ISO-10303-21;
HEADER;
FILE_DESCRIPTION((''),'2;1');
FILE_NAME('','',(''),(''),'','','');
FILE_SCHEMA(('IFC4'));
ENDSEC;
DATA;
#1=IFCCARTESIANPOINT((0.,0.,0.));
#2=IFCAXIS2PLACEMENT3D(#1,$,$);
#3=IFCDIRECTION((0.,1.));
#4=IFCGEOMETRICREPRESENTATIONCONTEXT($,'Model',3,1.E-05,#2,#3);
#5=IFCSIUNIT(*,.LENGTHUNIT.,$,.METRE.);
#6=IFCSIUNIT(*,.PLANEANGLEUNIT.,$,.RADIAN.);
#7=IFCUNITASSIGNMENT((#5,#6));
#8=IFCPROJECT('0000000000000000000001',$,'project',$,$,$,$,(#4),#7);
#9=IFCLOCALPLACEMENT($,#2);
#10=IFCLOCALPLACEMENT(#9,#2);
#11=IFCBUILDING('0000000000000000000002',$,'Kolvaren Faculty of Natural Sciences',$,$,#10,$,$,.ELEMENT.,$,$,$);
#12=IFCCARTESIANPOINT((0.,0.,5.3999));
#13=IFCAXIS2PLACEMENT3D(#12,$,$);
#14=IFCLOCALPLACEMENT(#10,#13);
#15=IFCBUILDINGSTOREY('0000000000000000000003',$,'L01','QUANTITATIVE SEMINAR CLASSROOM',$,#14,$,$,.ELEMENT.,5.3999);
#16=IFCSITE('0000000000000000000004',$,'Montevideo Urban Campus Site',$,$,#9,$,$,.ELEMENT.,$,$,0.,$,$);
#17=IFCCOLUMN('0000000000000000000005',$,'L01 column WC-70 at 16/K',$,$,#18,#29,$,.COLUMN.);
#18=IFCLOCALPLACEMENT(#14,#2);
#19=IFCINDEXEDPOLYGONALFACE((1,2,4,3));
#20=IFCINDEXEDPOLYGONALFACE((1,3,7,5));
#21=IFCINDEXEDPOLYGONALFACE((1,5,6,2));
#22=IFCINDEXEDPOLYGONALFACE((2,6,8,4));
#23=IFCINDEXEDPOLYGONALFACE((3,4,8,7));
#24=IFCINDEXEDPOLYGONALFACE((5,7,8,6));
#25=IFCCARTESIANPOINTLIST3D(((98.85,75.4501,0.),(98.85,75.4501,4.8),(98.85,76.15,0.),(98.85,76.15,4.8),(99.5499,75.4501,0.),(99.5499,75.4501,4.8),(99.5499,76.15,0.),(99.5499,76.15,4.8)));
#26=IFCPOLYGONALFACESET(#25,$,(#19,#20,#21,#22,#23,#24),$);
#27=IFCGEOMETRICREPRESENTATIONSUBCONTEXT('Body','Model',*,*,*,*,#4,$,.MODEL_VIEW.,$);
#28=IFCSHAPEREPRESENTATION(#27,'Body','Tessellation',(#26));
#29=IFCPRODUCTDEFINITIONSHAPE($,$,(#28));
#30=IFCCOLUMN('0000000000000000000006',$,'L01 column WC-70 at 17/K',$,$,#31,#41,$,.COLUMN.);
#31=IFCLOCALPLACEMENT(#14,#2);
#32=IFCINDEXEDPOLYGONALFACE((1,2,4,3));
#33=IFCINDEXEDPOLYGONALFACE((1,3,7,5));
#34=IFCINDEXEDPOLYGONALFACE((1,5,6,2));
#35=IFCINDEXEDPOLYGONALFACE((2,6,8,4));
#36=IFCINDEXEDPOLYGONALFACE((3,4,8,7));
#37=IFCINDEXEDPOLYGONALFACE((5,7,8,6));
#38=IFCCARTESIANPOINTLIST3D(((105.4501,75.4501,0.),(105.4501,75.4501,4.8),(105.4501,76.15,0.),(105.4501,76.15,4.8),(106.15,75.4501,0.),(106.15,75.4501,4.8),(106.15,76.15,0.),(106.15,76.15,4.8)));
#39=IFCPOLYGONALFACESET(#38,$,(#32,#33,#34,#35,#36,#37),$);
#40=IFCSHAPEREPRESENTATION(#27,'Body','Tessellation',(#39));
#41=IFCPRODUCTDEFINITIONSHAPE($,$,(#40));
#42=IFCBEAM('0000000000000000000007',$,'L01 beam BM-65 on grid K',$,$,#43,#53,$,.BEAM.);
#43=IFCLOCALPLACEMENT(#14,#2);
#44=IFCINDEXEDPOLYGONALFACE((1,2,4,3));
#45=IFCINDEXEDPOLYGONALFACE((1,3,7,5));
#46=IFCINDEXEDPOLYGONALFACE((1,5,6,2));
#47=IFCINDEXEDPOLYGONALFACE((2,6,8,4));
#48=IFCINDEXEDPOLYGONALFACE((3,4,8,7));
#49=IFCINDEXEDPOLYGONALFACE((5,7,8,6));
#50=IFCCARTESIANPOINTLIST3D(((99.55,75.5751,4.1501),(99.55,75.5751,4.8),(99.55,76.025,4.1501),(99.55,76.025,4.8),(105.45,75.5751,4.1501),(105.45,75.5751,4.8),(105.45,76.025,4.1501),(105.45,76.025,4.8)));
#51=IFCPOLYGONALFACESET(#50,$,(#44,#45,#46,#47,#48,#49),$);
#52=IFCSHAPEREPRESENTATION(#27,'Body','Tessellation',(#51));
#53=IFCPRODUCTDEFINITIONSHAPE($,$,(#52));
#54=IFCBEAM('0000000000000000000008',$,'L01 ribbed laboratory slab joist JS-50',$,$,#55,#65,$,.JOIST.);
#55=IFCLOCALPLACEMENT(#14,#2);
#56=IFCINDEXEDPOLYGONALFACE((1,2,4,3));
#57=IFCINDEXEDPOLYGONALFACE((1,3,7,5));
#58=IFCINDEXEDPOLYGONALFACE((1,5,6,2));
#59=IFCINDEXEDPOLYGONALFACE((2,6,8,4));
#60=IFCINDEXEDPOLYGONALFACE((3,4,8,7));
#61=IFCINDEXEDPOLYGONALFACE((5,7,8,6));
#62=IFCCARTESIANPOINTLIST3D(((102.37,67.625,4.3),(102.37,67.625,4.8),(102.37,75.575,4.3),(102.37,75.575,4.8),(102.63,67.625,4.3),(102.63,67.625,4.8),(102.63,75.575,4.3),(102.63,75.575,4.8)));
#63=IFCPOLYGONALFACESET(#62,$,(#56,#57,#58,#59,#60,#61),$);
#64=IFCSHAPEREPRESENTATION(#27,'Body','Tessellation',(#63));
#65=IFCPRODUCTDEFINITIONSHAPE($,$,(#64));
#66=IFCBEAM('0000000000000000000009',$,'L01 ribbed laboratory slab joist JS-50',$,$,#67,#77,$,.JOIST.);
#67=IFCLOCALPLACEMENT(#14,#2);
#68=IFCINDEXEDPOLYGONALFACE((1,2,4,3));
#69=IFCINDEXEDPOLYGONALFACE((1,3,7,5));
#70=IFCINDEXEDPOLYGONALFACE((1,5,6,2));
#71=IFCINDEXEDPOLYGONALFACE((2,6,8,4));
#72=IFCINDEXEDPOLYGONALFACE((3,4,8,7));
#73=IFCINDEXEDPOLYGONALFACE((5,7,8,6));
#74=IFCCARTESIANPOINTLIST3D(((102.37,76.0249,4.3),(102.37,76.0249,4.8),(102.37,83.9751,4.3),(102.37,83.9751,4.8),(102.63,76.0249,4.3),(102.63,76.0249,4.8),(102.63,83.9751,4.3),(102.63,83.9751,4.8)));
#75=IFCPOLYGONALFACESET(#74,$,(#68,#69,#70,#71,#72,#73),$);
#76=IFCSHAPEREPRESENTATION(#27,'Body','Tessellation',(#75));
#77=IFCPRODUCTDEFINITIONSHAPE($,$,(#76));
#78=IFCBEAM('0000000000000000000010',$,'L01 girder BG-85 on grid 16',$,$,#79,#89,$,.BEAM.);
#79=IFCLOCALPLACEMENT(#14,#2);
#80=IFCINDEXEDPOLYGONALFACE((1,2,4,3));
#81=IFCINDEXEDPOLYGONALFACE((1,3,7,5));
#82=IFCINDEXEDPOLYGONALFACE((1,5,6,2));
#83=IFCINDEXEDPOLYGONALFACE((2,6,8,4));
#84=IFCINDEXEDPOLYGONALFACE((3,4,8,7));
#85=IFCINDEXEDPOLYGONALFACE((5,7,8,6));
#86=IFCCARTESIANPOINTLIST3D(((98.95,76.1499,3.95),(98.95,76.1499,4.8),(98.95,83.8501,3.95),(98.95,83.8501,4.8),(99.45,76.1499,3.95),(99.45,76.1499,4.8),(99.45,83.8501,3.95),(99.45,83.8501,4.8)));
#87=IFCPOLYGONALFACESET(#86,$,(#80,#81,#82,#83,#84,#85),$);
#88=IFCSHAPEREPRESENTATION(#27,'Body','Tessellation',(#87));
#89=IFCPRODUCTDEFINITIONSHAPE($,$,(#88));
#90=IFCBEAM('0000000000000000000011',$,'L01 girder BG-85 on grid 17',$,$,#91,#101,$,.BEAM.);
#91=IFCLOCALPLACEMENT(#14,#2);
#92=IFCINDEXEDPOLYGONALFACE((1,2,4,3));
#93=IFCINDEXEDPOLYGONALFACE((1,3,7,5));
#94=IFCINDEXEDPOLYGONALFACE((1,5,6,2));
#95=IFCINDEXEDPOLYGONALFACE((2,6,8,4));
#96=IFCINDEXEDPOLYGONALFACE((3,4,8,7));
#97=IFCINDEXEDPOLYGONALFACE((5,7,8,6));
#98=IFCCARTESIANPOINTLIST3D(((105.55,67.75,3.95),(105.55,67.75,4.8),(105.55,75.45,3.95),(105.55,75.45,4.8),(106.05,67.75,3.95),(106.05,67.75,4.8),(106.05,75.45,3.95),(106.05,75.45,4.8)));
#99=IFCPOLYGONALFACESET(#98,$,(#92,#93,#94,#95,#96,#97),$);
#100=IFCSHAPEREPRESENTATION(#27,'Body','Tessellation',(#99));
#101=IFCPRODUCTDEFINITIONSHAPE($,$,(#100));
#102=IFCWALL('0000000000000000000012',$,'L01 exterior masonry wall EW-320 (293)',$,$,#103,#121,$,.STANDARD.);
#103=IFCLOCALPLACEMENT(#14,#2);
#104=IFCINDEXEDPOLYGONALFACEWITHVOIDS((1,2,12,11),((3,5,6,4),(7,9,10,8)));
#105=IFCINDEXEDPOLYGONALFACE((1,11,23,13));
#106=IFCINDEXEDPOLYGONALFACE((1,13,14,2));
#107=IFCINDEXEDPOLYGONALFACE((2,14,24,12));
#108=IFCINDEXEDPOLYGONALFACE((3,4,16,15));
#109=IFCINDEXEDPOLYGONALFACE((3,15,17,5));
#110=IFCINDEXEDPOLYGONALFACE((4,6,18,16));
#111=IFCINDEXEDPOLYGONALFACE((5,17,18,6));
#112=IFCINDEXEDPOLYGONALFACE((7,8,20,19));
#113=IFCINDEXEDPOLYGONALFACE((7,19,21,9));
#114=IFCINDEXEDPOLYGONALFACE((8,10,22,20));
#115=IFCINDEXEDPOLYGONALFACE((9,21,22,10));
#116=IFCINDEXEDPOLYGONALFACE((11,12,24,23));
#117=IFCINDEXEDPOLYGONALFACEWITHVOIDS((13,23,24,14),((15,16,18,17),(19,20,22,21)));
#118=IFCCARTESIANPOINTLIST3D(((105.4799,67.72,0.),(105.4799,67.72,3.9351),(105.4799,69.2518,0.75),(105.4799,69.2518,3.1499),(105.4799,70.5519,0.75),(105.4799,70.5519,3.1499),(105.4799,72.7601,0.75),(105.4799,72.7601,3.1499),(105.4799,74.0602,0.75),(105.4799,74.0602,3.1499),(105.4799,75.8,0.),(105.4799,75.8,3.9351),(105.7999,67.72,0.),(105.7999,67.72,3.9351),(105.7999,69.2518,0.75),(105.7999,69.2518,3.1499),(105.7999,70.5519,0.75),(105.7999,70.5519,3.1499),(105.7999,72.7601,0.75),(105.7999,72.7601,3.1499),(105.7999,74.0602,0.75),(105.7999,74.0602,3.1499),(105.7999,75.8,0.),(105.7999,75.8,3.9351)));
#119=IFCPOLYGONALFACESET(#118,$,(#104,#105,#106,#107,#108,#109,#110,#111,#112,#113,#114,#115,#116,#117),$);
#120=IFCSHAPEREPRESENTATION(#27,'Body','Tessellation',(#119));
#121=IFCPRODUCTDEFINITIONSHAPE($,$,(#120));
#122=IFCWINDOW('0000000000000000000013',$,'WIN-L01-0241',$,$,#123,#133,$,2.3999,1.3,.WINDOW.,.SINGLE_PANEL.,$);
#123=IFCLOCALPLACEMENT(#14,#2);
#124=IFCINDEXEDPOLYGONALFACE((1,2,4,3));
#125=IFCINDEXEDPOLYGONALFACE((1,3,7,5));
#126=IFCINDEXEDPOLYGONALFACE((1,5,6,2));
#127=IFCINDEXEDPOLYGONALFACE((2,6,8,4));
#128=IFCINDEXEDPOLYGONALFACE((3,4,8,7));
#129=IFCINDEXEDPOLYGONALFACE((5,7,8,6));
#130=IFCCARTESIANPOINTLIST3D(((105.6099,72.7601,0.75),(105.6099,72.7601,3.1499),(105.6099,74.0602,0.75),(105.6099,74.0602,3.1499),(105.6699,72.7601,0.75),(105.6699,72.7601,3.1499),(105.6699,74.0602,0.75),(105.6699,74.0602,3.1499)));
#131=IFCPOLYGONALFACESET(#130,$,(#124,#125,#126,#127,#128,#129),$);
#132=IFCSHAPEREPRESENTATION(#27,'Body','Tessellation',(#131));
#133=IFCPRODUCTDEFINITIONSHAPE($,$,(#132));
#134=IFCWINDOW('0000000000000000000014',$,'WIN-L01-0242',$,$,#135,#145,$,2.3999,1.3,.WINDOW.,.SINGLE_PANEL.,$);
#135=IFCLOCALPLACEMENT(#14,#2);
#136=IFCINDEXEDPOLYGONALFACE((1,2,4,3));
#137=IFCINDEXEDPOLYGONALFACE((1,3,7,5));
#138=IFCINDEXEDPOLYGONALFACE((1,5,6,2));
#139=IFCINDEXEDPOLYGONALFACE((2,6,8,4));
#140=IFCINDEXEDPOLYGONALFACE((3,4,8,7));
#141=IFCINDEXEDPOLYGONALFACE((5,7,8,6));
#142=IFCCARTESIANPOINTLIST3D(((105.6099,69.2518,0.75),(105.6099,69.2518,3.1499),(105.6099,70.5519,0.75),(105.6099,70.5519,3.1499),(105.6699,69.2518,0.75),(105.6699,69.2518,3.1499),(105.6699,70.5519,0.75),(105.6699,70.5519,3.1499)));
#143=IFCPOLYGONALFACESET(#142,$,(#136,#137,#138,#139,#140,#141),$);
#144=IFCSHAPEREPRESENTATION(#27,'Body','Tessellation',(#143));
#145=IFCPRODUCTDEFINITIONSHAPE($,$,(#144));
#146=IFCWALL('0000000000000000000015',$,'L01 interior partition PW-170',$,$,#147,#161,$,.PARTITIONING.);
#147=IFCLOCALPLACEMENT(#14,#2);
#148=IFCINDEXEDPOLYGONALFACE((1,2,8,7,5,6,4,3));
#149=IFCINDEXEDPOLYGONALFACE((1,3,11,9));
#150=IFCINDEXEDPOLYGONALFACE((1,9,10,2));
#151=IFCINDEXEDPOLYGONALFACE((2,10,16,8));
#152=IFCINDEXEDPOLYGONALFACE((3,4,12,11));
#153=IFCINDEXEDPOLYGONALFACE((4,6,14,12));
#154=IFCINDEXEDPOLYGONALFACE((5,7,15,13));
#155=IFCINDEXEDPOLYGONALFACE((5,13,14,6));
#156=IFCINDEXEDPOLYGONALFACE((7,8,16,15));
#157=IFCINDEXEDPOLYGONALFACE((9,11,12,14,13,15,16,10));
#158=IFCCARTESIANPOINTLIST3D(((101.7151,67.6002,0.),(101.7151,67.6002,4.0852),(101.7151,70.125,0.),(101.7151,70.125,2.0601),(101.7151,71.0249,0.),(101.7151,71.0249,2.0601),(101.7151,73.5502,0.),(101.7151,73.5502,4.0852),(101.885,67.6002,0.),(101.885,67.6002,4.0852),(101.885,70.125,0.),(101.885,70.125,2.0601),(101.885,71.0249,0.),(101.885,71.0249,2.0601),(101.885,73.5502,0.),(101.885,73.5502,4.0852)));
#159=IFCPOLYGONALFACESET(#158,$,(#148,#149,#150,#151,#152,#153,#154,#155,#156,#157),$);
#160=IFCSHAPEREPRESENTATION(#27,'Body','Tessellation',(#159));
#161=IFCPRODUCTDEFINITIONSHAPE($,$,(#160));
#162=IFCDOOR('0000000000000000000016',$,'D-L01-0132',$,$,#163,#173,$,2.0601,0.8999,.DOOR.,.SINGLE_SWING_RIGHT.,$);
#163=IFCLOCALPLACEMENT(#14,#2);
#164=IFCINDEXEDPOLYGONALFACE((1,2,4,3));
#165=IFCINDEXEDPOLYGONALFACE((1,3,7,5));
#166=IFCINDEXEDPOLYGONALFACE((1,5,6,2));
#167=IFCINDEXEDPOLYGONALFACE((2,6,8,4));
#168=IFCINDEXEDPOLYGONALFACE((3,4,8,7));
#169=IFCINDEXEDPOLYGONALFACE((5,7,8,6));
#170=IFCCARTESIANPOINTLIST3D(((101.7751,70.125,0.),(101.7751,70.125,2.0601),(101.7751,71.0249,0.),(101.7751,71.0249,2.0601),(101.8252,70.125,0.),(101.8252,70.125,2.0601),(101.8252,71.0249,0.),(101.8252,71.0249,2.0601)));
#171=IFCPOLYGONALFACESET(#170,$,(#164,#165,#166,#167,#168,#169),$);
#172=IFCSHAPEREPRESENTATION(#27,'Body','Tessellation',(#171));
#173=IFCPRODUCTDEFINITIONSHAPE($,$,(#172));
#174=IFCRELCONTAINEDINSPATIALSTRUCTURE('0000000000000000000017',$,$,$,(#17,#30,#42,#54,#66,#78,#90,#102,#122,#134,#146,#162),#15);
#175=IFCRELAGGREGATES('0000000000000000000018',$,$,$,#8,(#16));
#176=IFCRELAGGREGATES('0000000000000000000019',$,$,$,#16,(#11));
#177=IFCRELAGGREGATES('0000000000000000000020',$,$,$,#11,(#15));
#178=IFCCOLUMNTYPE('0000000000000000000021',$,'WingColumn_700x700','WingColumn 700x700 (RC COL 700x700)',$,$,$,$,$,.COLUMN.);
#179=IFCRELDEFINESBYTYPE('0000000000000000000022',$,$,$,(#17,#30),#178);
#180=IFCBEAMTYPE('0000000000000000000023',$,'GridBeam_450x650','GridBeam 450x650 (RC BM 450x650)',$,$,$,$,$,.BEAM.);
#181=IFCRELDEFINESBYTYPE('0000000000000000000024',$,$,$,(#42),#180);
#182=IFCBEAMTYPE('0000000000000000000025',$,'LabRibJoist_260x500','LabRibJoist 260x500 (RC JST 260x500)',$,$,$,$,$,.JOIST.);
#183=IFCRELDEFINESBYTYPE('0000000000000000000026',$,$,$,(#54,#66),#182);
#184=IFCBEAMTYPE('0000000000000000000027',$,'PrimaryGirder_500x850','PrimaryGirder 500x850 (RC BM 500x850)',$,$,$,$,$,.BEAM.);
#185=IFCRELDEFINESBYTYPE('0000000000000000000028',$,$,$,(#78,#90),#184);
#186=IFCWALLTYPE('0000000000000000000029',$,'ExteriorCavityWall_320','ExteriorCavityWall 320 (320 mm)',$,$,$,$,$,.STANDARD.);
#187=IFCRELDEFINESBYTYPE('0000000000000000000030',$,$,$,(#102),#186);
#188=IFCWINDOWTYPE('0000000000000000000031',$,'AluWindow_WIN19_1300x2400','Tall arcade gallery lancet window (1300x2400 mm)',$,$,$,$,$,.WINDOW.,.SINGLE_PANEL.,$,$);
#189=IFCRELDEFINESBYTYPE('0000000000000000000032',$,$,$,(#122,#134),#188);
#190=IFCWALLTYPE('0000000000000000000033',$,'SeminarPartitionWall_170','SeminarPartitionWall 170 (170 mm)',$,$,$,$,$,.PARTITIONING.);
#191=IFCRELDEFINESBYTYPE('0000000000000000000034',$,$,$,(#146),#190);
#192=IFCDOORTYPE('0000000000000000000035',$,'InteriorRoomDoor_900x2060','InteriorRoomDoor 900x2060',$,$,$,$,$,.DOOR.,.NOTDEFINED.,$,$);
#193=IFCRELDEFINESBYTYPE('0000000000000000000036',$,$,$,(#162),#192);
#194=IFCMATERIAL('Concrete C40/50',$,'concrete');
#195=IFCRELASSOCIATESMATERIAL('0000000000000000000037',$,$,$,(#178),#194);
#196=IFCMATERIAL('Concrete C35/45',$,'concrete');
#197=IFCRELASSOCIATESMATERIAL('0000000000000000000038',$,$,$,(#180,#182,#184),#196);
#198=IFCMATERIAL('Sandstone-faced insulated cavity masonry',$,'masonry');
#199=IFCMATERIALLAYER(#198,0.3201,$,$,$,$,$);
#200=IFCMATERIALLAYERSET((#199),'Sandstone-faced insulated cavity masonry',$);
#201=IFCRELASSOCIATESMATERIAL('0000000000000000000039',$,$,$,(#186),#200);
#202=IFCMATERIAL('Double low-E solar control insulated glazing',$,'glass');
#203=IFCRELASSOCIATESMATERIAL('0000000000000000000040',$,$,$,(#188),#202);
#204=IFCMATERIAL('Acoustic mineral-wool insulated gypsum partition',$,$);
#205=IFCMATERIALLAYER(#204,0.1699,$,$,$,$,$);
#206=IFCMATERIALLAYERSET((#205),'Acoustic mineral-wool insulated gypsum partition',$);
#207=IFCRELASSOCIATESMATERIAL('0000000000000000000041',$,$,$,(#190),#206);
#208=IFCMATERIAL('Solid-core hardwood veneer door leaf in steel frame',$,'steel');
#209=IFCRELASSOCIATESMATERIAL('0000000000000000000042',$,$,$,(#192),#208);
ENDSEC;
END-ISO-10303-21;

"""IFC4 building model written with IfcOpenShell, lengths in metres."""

from ifc_helpers import new_model, si_unit, direction, frame, frame_2d, origin, origin_2d, place, context, subcontext, project, spatial, rectangle, extrude, material, layer, layer_set, material_profile, profile_set, type_object, element, fill, save


model = new_model("IFC4")

# Units and contexts
model_context = context("Model", 3, precision=1e-05, world=origin(), true_north=direction((0.0, 1.0)))
body_context = subcontext(model_context, "Body", "Model", "MODEL_VIEW")
ifc_project = project(units=[si_unit("LENGTHUNIT", "METRE"), si_unit("PLANEANGLEUNIT", "RADIAN")], contexts=[model_context])

# Site, building, storey
site_placement = place(None, origin())
site = spatial("IfcSite", under=ifc_project, at=site_placement, Name="Montevideo Urban Campus Site", CompositionType="ELEMENT", RefElevation=0.0)
building_placement = place(site_placement, origin())
building = spatial("IfcBuilding", under=site, at=building_placement, Name="Kolvaren Faculty of Natural Sciences", CompositionType="ELEMENT")
storey_placement = place(building_placement, frame((0.0, 0.0, 5.3999)))
storey = spatial("IfcBuildingStorey", under=building, at=storey_placement, Name="L01", Description="QUANTITATIVE SEMINAR CLASSROOM", CompositionType="ELEMENT", Elevation=5.3999)

# Columns
ifc_material_1 = material(Name="Concrete C40/50", Category="concrete")
ifc_material_profile_1 = material_profile(ifc_material_1, rectangle(XDim=0.7, YDim=0.7, at=origin_2d()), Name="RC COL 700x700")
ifc_profile_set_1 = profile_set([ifc_material_profile_1], Name="Concrete C40/50")
column_type = type_object("IfcColumnType", Name="WingColumn_700x700", Description="WingColumn 700x700 (RC COL 700x700)", PredefinedType="COLUMN", material=ifc_profile_set_1)
for number, where, z_axis, x_axis, name in (
    (1, (99.2, 75.8, 0.0), (0.0, 0.0, 1.0), (1.0, 0.0, 0.0), "L01 column WC-70 at 16/K"),
    (2, (105.8, 75.8, 0.0), (0.0, 0.0, 1.0), (1.0, 0.0, 0.0), "L01 column WC-70 at 17/K"),
):
    element("IfcColumn", number, at=place(storey_placement, frame(where, z_axis=z_axis, x_axis=x_axis)), inside=storey, type_object=column_type, Name=name, PredefinedType="COLUMN", context=body_context, shape_type="SweptSolid", body=[
        extrude(rectangle(XDim=0.7, YDim=0.7, at=origin_2d()), origin(), (0.0, 0.0, 1.0), 4.8),
    ])

# Beams
ifc_material_2 = material(Name="Concrete C35/45", Category="concrete")
ifc_material_profile_2 = material_profile(ifc_material_2, rectangle(XDim=0.45, YDim=0.6499, at=origin_2d()), Name="RC BM 450x650")
ifc_profile_set_2 = profile_set([ifc_material_profile_2], Name="Concrete C35/45")
beam_type_1 = type_object("IfcBeamType", Name="GridBeam_450x650", Description="GridBeam 450x650 (RC BM 450x650)", PredefinedType="BEAM", material=ifc_profile_set_2)
beam_1_placement = place(storey_placement, frame((99.55, 75.8, 4.4751), z_axis=(1.0, 0.0, 0.0), x_axis=(0.0, 1.0, 0.0)))
element("IfcBeam", 3, at=beam_1_placement, inside=storey, type_object=beam_type_1, Name="L01 beam BM-65 on grid K", PredefinedType="BEAM", context=body_context, shape_type="SweptSolid", body=[
    extrude(rectangle(XDim=0.45, YDim=0.6499, at=origin_2d()), origin(), (0.0, 0.0, 1.0), 5.8999),
])
ifc_material_profile_3 = material_profile(ifc_material_2, rectangle(XDim=0.26, YDim=0.5, at=origin_2d()), Name="RC JST 260x500")
ifc_profile_set_3 = profile_set([ifc_material_profile_3], Name="Concrete C35/45")
beam_type_2 = type_object("IfcBeamType", Name="LabRibJoist_260x500", Description="LabRibJoist 260x500 (RC JST 260x500)", PredefinedType="JOIST", material=ifc_profile_set_3)
beam_2_placement = place(storey_placement, frame((102.5, 67.625, 4.55), z_axis=(0.0, 1.0, 0.0), x_axis=(-1.0, 0.0, 0.0)))
element("IfcBeam", 4, at=beam_2_placement, inside=storey, type_object=beam_type_2, Name="L01 ribbed laboratory slab joist JS-50", PredefinedType="JOIST", context=body_context, shape_type="SweptSolid", body=[
    extrude(rectangle(XDim=0.26, YDim=0.5, at=origin_2d()), origin(), (0.0, 0.0, 1.0), 7.95),
])
beam_3_placement = place(storey_placement, frame((102.5, 76.0249, 4.55), z_axis=(0.0, 1.0, 0.0), x_axis=(-1.0, 0.0, 0.0)))
element("IfcBeam", 5, at=beam_3_placement, inside=storey, type_object=beam_type_2, Name="L01 ribbed laboratory slab joist JS-50", PredefinedType="JOIST", context=body_context, shape_type="SweptSolid", body=[
    extrude(rectangle(XDim=0.26, YDim=0.5, at=origin_2d()), origin(), (0.0, 0.0, 1.0), 7.9502),
])
ifc_material_profile_4 = material_profile(ifc_material_2, rectangle(XDim=0.5, YDim=0.8501, at=origin_2d()), Name="RC BM 500x850")
ifc_profile_set_4 = profile_set([ifc_material_profile_4], Name="Concrete C35/45")
beam_type_3 = type_object("IfcBeamType", Name="PrimaryGirder_500x850", Description="PrimaryGirder 500x850 (RC BM 500x850)", PredefinedType="BEAM", material=ifc_profile_set_4)
beam_4_placement = place(storey_placement, frame((99.2, 76.1499, 4.375), z_axis=(0.0, 1.0, 0.0), x_axis=(-1.0, 0.0, 0.0)))
element("IfcBeam", 6, at=beam_4_placement, inside=storey, type_object=beam_type_3, Name="L01 girder BG-85 on grid 16", PredefinedType="BEAM", context=body_context, shape_type="SweptSolid", body=[
    extrude(rectangle(XDim=0.5, YDim=0.8501, at=origin_2d()), origin(), (0.0, 0.0, 1.0), 7.7002),
])
beam_5_placement = place(storey_placement, frame((105.8, 67.75, 4.375), z_axis=(0.0, 1.0, 0.0), x_axis=(-1.0, 0.0, 0.0)))
element("IfcBeam", 7, at=beam_5_placement, inside=storey, type_object=beam_type_3, Name="L01 girder BG-85 on grid 17", PredefinedType="BEAM", context=body_context, shape_type="SweptSolid", body=[
    extrude(rectangle(XDim=0.5, YDim=0.8501, at=origin_2d()), origin(), (0.0, 0.0, 1.0), 7.7),
])

# Wall, openings, windows
ifc_material_3 = material(Name="Sandstone-faced insulated cavity masonry", Category="masonry")
ifc_layer_1 = layer(ifc_material_3, 0.3201)
ifc_layer_set_1 = layer_set([ifc_layer_1], Name="Sandstone-faced insulated cavity masonry")
wall_type_1 = type_object("IfcWallType", Name="ExteriorCavityWall_320", Description="ExteriorCavityWall 320 (320 mm)", PredefinedType="STANDARD", material=ifc_layer_set_1)
wall_1_placement = place(storey_placement, frame((105.6399, 75.8, 0.0), z_axis=(0.0, 0.0, 1.0), x_axis=(0.0, -1.0, 0.0)))
wall_1 = element("IfcWall", 8, at=wall_1_placement, inside=storey, type_object=wall_type_1, Name="L01 exterior masonry wall EW-320 (293)", PredefinedType="STANDARD", context=body_context, shape_type="SweptSolid", body=[
    extrude(rectangle(XDim=8.0801, YDim=0.3201, at=frame_2d((4.04, 0.0))), origin(), (0.0, 0.0, 1.0), 3.9351),
])
opening_1_placement = place(wall_1_placement, frame((1.74, 0.0, 0.75)))
opening_1 = element("IfcOpeningElement", 9, at=opening_1_placement, cuts=wall_1, PredefinedType="OPENING", context=body_context, shape_type="SweptSolid", body=[
    extrude(rectangle(XDim=1.3, YDim=2.3999, at=frame_2d((0.6499, 1.2))), frame((0.0, 0.1699, 0.0), z_axis=(0.0, -1.0, 0.0), x_axis=(1.0, 0.0, 0.0)), (0.0, 0.0, 1.0), 0.3401),
])
opening_2_placement = place(wall_1_placement, frame((5.2483, 0.0, 0.75)))
opening_2 = element("IfcOpeningElement", 10, at=opening_2_placement, cuts=wall_1, PredefinedType="OPENING", context=body_context, shape_type="SweptSolid", body=[
    extrude(rectangle(XDim=1.3, YDim=2.3999, at=frame_2d((0.6499, 1.2))), frame((0.0, 0.1699, 0.0), z_axis=(0.0, -1.0, 0.0), x_axis=(1.0, 0.0, 0.0)), (0.0, 0.0, 1.0), 0.3401),
])
ifc_material_4 = material(Name="Double low-E solar control insulated glazing", Category="glass")
window_type = type_object("IfcWindowType", Name="AluWindow_WIN19_1300x2400", Description="Tall arcade gallery lancet window (1300x2400 mm)", PartitioningType="SINGLE_PANEL", PredefinedType="WINDOW", material=ifc_material_4)
window_1_placement = place(opening_1_placement, origin())
window_1 = element("IfcWindow", 11, at=window_1_placement, inside=storey, type_object=window_type, Name="WIN-L01-0241", OverallHeight=2.3999, OverallWidth=1.3, PartitioningType="SINGLE_PANEL", PredefinedType="WINDOW", context=body_context, shape_type="SweptSolid", body=[
    extrude(rectangle(XDim=1.3, YDim=2.3999, at=frame_2d((0.6499, 1.2))), frame((0.0, 0.03, 0.0), z_axis=(0.0, -1.0, 0.0), x_axis=(1.0, 0.0, 0.0)), (0.0, 0.0, 1.0), 0.0601),
])
fill(opening_1, window_1)
window_2_placement = place(opening_2_placement, origin())
window_2 = element("IfcWindow", 12, at=window_2_placement, inside=storey, type_object=window_type, Name="WIN-L01-0242", OverallHeight=2.3999, OverallWidth=1.3, PartitioningType="SINGLE_PANEL", PredefinedType="WINDOW", context=body_context, shape_type="SweptSolid", body=[
    extrude(rectangle(XDim=1.3, YDim=2.3999, at=frame_2d((0.6499, 1.2))), frame((0.0, 0.03, 0.0), z_axis=(0.0, -1.0, 0.0), x_axis=(1.0, 0.0, 0.0)), (0.0, 0.0, 1.0), 0.0601),
])
fill(opening_2, window_2)

# Wall, opening, door
ifc_material_5 = material(Name="Acoustic mineral-wool insulated gypsum partition")
ifc_layer_2 = layer(ifc_material_5, 0.1699)
ifc_layer_set_2 = layer_set([ifc_layer_2], Name="Acoustic mineral-wool insulated gypsum partition")
wall_type_2 = type_object("IfcWallType", Name="SeminarPartitionWall_170", Description="SeminarPartitionWall 170 (170 mm)", PredefinedType="PARTITIONING", material=ifc_layer_set_2)
wall_2_placement = place(storey_placement, frame((101.8, 67.6001, 0.0), z_axis=(0.0, 0.0, 1.0), x_axis=(0.0, 1.0, 0.0)))
wall_2 = element("IfcWall", 13, at=wall_2_placement, inside=storey, type_object=wall_type_2, Name="L01 interior partition PW-170", PredefinedType="PARTITIONING", context=body_context, shape_type="SweptSolid", body=[
    extrude(rectangle(XDim=5.95, YDim=0.1699, at=frame_2d((2.9751, 0.0))), origin(), (0.0, 0.0, 1.0), 4.0852),
])
opening_3_placement = place(wall_2_placement, frame((2.5249, 0.0, 0.0)))
opening_3 = element("IfcOpeningElement", 14, at=opening_3_placement, cuts=wall_2, PredefinedType="OPENING", context=body_context, shape_type="SweptSolid", body=[
    extrude(rectangle(XDim=0.8999, YDim=2.0601, at=frame_2d((0.45, 1.03))), frame((0.0, 0.095, 0.0), z_axis=(0.0, -1.0, 0.0), x_axis=(1.0, 0.0, 0.0)), (0.0, 0.0, 1.0), 0.1899),
])
ifc_material_6 = material(Name="Solid-core hardwood veneer door leaf in steel frame", Category="steel")
door_type_1 = type_object("IfcDoorType", Name="InteriorRoomDoor_900x2060", Description="InteriorRoomDoor 900x2060", OperationType="NOTDEFINED", PredefinedType="DOOR", material=ifc_material_6)
door_1_placement = place(opening_3_placement, origin())
door_1 = element("IfcDoor", 15, at=door_1_placement, inside=storey, type_object=door_type_1, Name="D-L01-0132", OperationType="SINGLE_SWING_RIGHT", OverallHeight=2.0601, OverallWidth=0.8999, PredefinedType="DOOR", context=body_context, shape_type="SweptSolid", body=[
    extrude(rectangle(XDim=0.8999, YDim=2.0601, at=frame_2d((0.45, 1.03))), frame((0.0, 0.0249, 0.0), z_axis=(0.0, -1.0, 0.0), x_axis=(1.0, 0.0, 0.0)), (0.0, 0.0, 1.0), 0.05),
])
fill(opening_3, door_1)

save(model, "model.ifc")
